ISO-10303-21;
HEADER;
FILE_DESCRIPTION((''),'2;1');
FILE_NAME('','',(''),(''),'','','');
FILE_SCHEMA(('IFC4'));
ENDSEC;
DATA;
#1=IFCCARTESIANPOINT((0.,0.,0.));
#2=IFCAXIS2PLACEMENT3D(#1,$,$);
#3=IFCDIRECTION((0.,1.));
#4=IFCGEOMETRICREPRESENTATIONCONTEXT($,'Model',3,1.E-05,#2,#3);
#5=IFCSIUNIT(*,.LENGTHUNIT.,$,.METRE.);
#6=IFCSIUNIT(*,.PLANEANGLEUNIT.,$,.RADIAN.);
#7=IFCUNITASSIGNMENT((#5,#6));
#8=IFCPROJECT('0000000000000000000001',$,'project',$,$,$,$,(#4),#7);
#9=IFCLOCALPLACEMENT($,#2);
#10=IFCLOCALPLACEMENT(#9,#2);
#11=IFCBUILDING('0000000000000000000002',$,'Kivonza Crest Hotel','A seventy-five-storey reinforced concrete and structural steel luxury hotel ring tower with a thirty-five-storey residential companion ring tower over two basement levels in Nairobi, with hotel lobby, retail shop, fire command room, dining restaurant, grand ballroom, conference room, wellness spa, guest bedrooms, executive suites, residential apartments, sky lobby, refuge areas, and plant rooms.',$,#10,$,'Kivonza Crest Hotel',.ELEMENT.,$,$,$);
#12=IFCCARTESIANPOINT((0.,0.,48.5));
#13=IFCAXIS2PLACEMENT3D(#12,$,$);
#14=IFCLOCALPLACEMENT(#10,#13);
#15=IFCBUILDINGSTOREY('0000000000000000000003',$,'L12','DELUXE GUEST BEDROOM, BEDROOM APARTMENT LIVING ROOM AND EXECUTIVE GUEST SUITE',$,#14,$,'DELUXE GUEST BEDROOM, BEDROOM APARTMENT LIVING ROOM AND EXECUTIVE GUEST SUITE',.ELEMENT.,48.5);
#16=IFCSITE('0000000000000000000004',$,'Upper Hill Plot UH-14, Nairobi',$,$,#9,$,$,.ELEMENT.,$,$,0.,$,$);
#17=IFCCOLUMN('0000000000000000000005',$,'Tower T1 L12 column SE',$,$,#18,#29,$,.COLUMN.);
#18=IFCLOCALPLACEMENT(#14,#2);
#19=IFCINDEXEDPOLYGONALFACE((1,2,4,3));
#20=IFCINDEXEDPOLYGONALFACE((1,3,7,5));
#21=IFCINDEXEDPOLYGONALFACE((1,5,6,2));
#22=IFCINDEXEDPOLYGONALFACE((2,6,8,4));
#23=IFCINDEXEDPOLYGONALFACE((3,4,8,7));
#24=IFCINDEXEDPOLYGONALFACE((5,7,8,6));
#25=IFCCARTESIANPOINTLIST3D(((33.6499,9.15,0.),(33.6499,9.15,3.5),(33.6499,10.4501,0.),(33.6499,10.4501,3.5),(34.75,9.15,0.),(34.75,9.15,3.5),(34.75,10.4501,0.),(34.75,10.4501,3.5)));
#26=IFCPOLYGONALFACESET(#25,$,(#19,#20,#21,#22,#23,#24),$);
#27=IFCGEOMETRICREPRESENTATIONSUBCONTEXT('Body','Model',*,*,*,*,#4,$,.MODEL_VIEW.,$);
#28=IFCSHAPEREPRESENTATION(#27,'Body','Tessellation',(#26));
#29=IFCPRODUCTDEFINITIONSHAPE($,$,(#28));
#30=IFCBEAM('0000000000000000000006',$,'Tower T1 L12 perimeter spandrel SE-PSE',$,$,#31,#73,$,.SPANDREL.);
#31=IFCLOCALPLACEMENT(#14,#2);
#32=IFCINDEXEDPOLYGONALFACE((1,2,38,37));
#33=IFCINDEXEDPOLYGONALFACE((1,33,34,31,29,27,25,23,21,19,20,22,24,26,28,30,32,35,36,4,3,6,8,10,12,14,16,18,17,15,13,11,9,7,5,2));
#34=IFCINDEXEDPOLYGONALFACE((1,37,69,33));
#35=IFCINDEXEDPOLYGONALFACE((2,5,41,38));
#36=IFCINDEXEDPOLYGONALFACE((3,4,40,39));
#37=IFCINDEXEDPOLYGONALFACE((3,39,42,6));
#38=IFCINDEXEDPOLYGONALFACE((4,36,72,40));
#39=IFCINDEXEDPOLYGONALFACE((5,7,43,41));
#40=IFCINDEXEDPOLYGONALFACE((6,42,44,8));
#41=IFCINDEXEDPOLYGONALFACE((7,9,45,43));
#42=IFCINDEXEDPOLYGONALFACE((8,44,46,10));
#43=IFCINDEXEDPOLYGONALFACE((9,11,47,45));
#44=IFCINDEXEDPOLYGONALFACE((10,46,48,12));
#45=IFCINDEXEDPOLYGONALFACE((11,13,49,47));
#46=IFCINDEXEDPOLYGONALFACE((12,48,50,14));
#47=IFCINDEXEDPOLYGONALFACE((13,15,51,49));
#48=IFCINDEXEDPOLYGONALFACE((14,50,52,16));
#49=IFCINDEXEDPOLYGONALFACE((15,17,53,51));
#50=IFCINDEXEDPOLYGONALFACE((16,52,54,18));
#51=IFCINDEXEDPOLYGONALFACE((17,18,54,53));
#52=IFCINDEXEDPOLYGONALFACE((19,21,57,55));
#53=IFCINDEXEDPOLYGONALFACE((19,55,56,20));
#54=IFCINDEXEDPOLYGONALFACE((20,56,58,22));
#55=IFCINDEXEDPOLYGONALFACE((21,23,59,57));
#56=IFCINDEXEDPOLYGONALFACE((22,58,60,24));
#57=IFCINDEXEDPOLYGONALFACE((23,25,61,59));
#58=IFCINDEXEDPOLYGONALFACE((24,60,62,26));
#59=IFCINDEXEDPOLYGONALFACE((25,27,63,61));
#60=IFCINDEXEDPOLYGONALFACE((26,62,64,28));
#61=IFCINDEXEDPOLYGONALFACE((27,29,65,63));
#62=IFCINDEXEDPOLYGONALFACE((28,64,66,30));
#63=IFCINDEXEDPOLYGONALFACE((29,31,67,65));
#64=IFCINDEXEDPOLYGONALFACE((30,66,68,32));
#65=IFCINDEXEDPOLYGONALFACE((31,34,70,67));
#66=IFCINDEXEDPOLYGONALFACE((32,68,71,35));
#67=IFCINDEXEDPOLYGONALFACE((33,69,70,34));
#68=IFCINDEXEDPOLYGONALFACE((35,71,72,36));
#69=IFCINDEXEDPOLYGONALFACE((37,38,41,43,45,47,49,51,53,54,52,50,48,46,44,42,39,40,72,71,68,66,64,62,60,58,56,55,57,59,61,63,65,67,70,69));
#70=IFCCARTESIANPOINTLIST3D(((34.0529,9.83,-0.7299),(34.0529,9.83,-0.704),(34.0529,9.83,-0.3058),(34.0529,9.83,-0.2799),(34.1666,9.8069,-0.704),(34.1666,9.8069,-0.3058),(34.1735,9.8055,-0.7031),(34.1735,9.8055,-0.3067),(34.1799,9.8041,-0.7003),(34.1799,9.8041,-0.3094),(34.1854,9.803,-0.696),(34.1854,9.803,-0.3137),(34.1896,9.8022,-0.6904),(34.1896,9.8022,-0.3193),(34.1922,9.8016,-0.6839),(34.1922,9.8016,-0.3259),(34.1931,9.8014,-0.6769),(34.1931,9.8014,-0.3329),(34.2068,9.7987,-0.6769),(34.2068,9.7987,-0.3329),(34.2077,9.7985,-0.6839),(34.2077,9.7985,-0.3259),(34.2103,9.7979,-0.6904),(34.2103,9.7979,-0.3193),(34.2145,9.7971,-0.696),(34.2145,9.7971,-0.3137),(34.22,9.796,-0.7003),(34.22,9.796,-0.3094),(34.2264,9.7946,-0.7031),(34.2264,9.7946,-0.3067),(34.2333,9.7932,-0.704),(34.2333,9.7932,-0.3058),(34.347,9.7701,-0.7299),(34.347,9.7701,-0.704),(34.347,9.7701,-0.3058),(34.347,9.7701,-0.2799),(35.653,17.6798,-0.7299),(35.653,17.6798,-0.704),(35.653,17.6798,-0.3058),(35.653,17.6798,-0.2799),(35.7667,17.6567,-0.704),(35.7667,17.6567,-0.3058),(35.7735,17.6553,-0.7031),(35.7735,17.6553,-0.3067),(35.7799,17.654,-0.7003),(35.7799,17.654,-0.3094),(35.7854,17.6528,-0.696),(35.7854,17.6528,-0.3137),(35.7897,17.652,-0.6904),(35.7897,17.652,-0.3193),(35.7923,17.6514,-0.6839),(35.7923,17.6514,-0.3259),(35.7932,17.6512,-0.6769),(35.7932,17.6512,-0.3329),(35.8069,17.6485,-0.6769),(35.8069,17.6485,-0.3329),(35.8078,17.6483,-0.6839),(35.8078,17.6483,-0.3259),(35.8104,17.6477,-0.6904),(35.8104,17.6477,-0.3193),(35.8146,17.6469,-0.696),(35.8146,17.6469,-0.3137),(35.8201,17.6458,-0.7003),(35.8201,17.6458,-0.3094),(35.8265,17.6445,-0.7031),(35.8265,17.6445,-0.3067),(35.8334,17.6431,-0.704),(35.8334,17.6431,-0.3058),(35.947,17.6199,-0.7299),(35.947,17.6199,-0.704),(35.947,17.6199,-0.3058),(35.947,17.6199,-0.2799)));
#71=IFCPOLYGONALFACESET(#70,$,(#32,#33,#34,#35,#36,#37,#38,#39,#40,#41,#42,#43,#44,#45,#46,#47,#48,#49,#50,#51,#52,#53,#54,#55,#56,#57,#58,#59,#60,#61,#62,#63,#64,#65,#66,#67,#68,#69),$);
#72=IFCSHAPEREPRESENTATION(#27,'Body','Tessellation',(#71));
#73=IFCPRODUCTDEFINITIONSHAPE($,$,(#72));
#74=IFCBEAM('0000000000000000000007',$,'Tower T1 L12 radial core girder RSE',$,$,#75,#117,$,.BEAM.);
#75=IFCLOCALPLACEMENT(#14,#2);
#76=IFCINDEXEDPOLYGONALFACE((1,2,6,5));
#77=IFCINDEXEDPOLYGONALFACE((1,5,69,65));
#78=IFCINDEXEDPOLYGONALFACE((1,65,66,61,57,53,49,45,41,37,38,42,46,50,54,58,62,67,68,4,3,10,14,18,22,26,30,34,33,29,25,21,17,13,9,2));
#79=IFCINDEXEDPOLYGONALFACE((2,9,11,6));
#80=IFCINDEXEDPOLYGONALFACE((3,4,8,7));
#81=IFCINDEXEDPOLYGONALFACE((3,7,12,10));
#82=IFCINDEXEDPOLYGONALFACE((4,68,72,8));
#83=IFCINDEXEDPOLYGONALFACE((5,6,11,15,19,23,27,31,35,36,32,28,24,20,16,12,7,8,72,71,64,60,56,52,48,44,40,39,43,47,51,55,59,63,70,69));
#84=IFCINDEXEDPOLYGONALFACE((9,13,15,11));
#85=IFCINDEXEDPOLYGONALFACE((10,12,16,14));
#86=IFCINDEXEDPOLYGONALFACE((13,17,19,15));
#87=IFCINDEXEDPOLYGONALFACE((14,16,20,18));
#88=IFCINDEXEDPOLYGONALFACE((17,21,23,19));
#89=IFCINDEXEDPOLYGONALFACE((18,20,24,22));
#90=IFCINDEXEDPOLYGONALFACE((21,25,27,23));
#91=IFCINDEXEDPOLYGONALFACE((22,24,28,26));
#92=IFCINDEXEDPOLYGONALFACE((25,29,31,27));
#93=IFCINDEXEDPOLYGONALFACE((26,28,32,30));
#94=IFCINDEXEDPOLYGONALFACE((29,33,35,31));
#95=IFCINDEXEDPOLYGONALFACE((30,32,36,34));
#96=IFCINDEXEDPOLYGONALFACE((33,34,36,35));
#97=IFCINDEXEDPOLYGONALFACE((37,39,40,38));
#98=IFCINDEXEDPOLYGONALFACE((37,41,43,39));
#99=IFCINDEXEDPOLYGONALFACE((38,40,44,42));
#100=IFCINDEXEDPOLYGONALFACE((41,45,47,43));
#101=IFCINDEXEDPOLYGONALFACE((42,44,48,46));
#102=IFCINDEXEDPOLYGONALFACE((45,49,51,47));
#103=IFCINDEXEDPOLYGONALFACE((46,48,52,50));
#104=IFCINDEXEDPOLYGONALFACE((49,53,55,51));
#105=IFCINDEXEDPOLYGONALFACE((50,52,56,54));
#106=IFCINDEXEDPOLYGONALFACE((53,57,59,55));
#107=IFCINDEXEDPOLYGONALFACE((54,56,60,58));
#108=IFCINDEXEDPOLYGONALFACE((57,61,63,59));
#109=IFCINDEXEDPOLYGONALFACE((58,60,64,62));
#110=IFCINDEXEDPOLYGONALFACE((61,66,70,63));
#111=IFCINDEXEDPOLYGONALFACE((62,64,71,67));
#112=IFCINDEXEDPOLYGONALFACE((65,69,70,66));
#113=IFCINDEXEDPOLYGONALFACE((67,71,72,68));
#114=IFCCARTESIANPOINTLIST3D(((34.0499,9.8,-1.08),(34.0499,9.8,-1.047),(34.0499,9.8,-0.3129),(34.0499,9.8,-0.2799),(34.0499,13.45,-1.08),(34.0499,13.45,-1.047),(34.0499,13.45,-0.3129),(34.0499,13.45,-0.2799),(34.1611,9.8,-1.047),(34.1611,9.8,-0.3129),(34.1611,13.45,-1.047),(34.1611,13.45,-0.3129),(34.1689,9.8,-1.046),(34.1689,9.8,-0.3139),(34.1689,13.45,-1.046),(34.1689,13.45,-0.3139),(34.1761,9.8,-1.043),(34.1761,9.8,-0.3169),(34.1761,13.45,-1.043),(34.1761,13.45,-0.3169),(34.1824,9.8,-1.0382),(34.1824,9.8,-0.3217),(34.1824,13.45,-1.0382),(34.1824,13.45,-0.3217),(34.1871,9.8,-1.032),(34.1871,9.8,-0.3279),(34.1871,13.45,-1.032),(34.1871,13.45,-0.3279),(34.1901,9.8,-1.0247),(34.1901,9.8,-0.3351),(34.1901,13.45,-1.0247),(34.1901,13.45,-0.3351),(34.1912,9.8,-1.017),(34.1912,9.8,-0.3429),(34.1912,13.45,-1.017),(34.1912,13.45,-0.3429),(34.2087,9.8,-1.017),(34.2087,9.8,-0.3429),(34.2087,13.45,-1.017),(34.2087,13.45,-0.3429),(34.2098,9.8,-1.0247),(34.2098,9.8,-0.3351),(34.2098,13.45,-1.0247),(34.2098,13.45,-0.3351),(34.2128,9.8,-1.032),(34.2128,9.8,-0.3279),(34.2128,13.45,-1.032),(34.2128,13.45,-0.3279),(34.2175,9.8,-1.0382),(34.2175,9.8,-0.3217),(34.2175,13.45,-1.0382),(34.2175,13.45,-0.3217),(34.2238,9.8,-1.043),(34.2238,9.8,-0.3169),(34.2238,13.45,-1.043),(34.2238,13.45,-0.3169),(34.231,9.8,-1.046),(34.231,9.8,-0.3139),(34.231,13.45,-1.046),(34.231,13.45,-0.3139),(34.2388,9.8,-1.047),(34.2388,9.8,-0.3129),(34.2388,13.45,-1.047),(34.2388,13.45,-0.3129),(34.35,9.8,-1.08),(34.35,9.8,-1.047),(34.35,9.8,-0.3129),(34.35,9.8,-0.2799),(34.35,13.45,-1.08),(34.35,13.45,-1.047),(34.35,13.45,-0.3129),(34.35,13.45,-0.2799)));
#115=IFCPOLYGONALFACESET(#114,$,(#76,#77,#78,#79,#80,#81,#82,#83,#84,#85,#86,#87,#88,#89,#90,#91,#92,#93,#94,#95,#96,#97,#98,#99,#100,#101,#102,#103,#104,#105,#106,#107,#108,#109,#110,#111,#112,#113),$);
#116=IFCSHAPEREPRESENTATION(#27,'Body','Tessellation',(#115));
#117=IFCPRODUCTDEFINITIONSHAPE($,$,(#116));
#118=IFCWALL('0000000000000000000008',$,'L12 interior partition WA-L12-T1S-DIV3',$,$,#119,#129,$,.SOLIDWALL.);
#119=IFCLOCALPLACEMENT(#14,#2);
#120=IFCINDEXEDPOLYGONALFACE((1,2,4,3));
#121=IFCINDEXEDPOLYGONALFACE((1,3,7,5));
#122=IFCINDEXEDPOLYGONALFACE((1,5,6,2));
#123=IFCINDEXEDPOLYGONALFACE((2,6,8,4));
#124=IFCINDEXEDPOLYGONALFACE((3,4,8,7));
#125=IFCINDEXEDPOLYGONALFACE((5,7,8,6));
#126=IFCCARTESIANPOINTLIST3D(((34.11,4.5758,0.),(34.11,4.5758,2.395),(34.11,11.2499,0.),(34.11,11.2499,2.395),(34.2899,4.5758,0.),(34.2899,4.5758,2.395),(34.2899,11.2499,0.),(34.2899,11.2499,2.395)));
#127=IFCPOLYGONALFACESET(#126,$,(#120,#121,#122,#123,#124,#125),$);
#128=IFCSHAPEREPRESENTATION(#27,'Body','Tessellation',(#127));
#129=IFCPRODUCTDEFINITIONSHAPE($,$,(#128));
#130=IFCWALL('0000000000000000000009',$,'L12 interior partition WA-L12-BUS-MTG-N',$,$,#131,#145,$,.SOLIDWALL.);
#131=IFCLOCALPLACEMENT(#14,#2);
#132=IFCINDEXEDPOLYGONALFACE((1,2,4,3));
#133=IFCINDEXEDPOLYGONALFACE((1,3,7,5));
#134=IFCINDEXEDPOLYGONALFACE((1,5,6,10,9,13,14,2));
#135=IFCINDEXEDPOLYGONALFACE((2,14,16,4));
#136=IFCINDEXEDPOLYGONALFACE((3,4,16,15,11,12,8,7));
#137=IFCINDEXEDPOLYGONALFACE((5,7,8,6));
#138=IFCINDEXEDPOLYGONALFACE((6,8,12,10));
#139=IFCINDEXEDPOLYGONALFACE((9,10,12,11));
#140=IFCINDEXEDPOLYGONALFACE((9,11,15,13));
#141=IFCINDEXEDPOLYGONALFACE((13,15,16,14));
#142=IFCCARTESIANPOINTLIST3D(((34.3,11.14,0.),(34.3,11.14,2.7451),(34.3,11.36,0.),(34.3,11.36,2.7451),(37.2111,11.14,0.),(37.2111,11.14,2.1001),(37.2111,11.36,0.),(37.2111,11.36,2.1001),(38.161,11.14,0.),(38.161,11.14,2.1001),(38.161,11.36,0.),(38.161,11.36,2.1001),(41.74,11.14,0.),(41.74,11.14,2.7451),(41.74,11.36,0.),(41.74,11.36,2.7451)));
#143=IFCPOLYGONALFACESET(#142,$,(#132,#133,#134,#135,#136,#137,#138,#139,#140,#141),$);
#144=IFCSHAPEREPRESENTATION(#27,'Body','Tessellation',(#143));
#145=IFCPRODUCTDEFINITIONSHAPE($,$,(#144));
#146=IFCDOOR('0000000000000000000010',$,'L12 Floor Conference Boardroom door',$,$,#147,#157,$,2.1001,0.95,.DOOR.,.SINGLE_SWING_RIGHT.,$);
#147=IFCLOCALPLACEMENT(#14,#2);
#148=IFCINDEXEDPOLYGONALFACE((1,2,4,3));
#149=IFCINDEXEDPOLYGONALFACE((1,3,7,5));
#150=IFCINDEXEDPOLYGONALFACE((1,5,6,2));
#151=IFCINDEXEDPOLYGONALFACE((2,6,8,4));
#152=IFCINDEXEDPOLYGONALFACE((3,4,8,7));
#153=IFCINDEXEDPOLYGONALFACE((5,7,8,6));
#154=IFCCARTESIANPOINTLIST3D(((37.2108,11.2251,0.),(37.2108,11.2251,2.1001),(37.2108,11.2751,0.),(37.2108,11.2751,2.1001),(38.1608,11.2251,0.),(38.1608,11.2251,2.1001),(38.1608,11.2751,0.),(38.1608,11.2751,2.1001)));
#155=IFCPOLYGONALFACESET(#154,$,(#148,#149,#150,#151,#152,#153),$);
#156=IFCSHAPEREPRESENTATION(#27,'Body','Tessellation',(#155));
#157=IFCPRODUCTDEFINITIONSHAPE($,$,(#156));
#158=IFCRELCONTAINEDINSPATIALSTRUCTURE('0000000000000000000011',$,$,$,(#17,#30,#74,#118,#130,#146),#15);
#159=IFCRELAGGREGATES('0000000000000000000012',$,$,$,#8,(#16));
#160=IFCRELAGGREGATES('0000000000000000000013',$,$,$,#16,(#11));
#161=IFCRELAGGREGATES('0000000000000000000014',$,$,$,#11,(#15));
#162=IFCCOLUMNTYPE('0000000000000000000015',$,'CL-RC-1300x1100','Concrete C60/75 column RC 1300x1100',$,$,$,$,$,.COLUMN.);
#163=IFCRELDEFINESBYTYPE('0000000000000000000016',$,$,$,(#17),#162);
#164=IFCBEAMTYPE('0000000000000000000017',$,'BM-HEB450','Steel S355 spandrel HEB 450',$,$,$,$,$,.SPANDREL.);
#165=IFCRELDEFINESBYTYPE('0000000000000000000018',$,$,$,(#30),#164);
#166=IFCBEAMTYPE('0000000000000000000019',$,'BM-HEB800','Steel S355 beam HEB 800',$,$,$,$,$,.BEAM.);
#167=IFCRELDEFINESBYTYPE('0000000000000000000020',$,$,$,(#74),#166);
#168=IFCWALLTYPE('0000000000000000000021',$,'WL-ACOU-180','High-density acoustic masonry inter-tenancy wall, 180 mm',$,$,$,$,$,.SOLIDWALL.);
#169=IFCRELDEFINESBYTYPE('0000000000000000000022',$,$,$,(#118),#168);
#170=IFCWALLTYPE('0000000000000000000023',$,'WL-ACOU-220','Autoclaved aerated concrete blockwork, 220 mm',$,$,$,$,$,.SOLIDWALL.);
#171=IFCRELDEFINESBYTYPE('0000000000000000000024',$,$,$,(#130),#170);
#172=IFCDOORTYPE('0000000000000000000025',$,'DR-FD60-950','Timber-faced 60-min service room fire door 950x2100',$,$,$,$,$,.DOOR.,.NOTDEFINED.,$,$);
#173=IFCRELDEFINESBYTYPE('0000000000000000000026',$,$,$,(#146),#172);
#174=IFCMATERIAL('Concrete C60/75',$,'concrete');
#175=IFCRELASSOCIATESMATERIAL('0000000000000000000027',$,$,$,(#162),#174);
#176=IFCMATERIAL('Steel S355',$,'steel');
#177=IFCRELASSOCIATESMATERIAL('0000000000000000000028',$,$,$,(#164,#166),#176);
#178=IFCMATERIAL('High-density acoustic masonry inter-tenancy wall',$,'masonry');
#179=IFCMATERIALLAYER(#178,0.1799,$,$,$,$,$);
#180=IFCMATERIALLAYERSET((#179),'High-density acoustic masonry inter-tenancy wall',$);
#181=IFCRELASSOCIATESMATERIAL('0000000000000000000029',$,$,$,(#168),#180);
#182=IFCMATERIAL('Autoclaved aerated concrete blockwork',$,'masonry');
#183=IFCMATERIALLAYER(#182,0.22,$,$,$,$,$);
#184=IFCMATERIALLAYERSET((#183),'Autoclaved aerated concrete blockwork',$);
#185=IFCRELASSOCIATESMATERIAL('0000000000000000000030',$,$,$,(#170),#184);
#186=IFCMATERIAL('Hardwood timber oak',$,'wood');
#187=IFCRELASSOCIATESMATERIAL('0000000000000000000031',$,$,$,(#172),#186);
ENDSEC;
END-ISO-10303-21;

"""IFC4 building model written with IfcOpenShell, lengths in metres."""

from ifc_helpers import new_model, si_unit, direction, frame, frame_2d, origin, origin_2d, place, context, subcontext, project, spatial, rectangle, i_section, extrude, material, layer, layer_set, material_profile, profile_set, type_object, element, fill, save


model = new_model("IFC4")

# Units and contexts
model_context = context("Model", 3, precision=1e-05, world=origin(), true_north=direction((0.0, 1.0)))
body_context = subcontext(model_context, "Body", "Model", "MODEL_VIEW")
ifc_project = project(units=[si_unit("LENGTHUNIT", "METRE"), si_unit("PLANEANGLEUNIT", "RADIAN")], contexts=[model_context])

# Site, building, storey
site_placement = place(None, origin())
site = spatial("IfcSite", under=ifc_project, at=site_placement, Name="Upper Hill Plot UH-14, Nairobi", CompositionType="ELEMENT", RefElevation=0.0)
building_placement = place(site_placement, origin())
building = spatial("IfcBuilding", under=site, at=building_placement, Name="Kivonza Crest Hotel", Description="A seventy-five-storey reinforced concrete and structural steel luxury hotel ring tower with a thirty-five-storey residential companion ring tower over two basement levels in Nairobi, with hotel lobby, retail shop, fire command room, dining restaurant, grand ballroom, conference room, wellness spa, guest bedrooms, executive suites, residential apartments, sky lobby, refuge areas, and plant rooms.", LongName="Kivonza Crest Hotel", CompositionType="ELEMENT")
storey_placement = place(building_placement, frame((0.0, 0.0, 48.5)))
storey = spatial("IfcBuildingStorey", under=building, at=storey_placement, Name="L12", Description="DELUXE GUEST BEDROOM, BEDROOM APARTMENT LIVING ROOM AND EXECUTIVE GUEST SUITE", LongName="DELUXE GUEST BEDROOM, BEDROOM APARTMENT LIVING ROOM AND EXECUTIVE GUEST SUITE", CompositionType="ELEMENT", Elevation=48.5)

# Column
ifc_material_1 = material(Name="Concrete C60/75", Category="concrete")
ifc_material_profile_1 = material_profile(ifc_material_1, rectangle(XDim=1.1001, YDim=1.3, at=origin_2d()), Name="RC 1300x1100")
ifc_profile_set_1 = profile_set([ifc_material_profile_1], Name="Concrete C60/75")
column_type = type_object("IfcColumnType", Name="CL-RC-1300x1100", Description="Concrete C60/75 column RC 1300x1100", PredefinedType="COLUMN", material=ifc_profile_set_1)
column_placement = place(storey_placement, frame((34.2, 9.8, 0.0), z_axis=(0.0, 0.0, 1.0), x_axis=(1.0, 0.0, 0.0)))
element("IfcColumn", 1, at=column_placement, inside=storey, type_object=column_type, Name="Tower T1 L12 column SE", PredefinedType="COLUMN", context=body_context, shape_type="SweptSolid", body=[
    extrude(rectangle(XDim=1.1001, YDim=1.3, at=origin_2d()), origin(), (0.0, 0.0, 1.0), 3.5),
])

# Beams
ifc_material_2 = material(Name="Steel S355", Category="steel")
ifc_material_profile_2 = material_profile(ifc_material_2, i_section(OverallWidth=0.3, OverallDepth=0.45, WebThickness=0.0139, FlangeThickness=0.0259, FilletRadius=0.0271, at=origin_2d()), Name="HEB 450")
ifc_profile_set_2 = profile_set([ifc_material_profile_2], Name="Steel S355")
beam_type_1 = type_object("IfcBeamType", Name="BM-HEB450", Description="Steel S355 spandrel HEB 450", PredefinedType="SPANDREL", material=ifc_profile_set_2)
beam_1_placement = place(storey_placement, frame((34.2, 9.8, -0.5049), z_axis=(0.199731, 0.979851, 0.0), x_axis=(-0.979851, 0.199731, 0.0)))
element("IfcBeam", 2, at=beam_1_placement, inside=storey, type_object=beam_type_1, Name="Tower T1 L12 perimeter spandrel SE-PSE", PredefinedType="SPANDREL", context=body_context, shape_type="SweptSolid", body=[
    extrude(i_section(OverallWidth=0.3, OverallDepth=0.45, WebThickness=0.0139, FlangeThickness=0.0259, FilletRadius=0.0271, at=origin_2d()), origin(), (0.0, 0.0, 1.0), 8.0112),
])
ifc_material_profile_3 = material_profile(ifc_material_2, i_section(OverallWidth=0.3, OverallDepth=0.8, WebThickness=0.0176, FlangeThickness=0.033, FilletRadius=0.03, at=origin_2d()), Name="HEB 800")
ifc_profile_set_3 = profile_set([ifc_material_profile_3], Name="Steel S355")
beam_type_2 = type_object("IfcBeamType", Name="BM-HEB800", Description="Steel S355 beam HEB 800", PredefinedType="BEAM", material=ifc_profile_set_3)
beam_2_placement = place(storey_placement, frame((34.2, 9.8, -0.6799), z_axis=(0.0, 1.0, 0.0), x_axis=(-1.0, 0.0, 0.0)))
element("IfcBeam", 3, at=beam_2_placement, inside=storey, type_object=beam_type_2, Name="Tower T1 L12 radial core girder RSE", PredefinedType="BEAM", context=body_context, shape_type="SweptSolid", body=[
    extrude(i_section(OverallWidth=0.3, OverallDepth=0.8, WebThickness=0.0176, FlangeThickness=0.033, FilletRadius=0.03, at=origin_2d()), origin(), (0.0, 0.0, 1.0), 3.6499),
])

# Wall
ifc_material_3 = material(Name="High-density acoustic masonry inter-tenancy wall", Category="masonry")
ifc_layer_1 = layer(ifc_material_3, 0.1799)
ifc_layer_set_1 = layer_set([ifc_layer_1], Name="High-density acoustic masonry inter-tenancy wall")
wall_type_1 = type_object("IfcWallType", Name="WL-ACOU-180", Description="High-density acoustic masonry inter-tenancy wall, 180 mm", PredefinedType="SOLIDWALL", material=ifc_layer_set_1)
wall_1_placement = place(storey_placement, frame((34.2, 4.5759, 0.0), z_axis=(0.0, 0.0, 1.0), x_axis=(0.0, 1.0, 0.0)))
element("IfcWall", 4, at=wall_1_placement, inside=storey, type_object=wall_type_1, Name="L12 interior partition WA-L12-T1S-DIV3", PredefinedType="SOLIDWALL", context=body_context, shape_type="SweptSolid", body=[
    extrude(rectangle(XDim=6.6741, YDim=0.1799, at=frame_2d((3.3369, 0.0))), origin(), (0.0, 0.0, 1.0), 2.395),
])

# Wall, opening, door
ifc_material_4 = material(Name="Autoclaved aerated concrete blockwork", Category="masonry")
ifc_layer_2 = layer(ifc_material_4, 0.22)
ifc_layer_set_2 = layer_set([ifc_layer_2], Name="Autoclaved aerated concrete blockwork")
wall_type_2 = type_object("IfcWallType", Name="WL-ACOU-220", Description="Autoclaved aerated concrete blockwork, 220 mm", PredefinedType="SOLIDWALL", material=ifc_layer_set_2)
wall_2_placement = place(storey_placement, frame((34.3, 11.25, 0.0), z_axis=(0.0, 0.0, 1.0), x_axis=(1.0, 0.0, 0.0)))
wall_2 = element("IfcWall", 5, at=wall_2_placement, inside=storey, type_object=wall_type_2, Name="L12 interior partition WA-L12-BUS-MTG-N", PredefinedType="SOLIDWALL", context=body_context, shape_type="SweptSolid", body=[
    extrude(rectangle(XDim=7.4399, YDim=0.22, at=frame_2d((3.72, 0.0))), origin(), (0.0, 0.0, 1.0), 2.7451),
])
opening_1_placement = place(wall_2_placement, frame((2.9109, 0.0, 0.0)))
opening_1 = element("IfcOpeningElement", 6, at=opening_1_placement, cuts=wall_2, PredefinedType="OPENING", context=body_context, shape_type="SweptSolid", body=[
    extrude(rectangle(XDim=0.95, YDim=2.1001, at=frame_2d((0.4751, 1.05))), frame((0.0, 0.1201, 0.0), z_axis=(0.0, -1.0, 0.0), x_axis=(1.0, 0.0, 0.0)), (0.0, 0.0, 1.0), 0.24),
])
ifc_material_5 = material(Name="Hardwood timber oak", Category="wood")
door_type_1 = type_object("IfcDoorType", Name="DR-FD60-950", Description="Timber-faced 60-min service room fire door 950x2100", OperationType="NOTDEFINED", PredefinedType="DOOR", material=ifc_material_5)
door_1_placement = place(opening_1_placement, frame((0.95, 0.0, 0.0), z_axis=(0.0, 0.0, 1.0), x_axis=(-1.0, 0.0, 0.0)))
door_1 = element("IfcDoor", 7, at=door_1_placement, inside=storey, type_object=door_type_1, Name="L12 Floor Conference Boardroom door", OperationType="SINGLE_SWING_RIGHT", OverallHeight=2.1001, OverallWidth=0.95, PredefinedType="DOOR", context=body_context, shape_type="SweptSolid", body=[
    extrude(rectangle(XDim=0.95, YDim=2.1001, at=frame_2d((0.4751, 1.05))), frame((0.0, 0.0249, 0.0), z_axis=(0.0, -1.0, 0.0), x_axis=(1.0, 0.0, 0.0)), (0.0, 0.0, 1.0), 0.05),
])
fill(opening_1, door_1)

save(model, "model.ifc")
